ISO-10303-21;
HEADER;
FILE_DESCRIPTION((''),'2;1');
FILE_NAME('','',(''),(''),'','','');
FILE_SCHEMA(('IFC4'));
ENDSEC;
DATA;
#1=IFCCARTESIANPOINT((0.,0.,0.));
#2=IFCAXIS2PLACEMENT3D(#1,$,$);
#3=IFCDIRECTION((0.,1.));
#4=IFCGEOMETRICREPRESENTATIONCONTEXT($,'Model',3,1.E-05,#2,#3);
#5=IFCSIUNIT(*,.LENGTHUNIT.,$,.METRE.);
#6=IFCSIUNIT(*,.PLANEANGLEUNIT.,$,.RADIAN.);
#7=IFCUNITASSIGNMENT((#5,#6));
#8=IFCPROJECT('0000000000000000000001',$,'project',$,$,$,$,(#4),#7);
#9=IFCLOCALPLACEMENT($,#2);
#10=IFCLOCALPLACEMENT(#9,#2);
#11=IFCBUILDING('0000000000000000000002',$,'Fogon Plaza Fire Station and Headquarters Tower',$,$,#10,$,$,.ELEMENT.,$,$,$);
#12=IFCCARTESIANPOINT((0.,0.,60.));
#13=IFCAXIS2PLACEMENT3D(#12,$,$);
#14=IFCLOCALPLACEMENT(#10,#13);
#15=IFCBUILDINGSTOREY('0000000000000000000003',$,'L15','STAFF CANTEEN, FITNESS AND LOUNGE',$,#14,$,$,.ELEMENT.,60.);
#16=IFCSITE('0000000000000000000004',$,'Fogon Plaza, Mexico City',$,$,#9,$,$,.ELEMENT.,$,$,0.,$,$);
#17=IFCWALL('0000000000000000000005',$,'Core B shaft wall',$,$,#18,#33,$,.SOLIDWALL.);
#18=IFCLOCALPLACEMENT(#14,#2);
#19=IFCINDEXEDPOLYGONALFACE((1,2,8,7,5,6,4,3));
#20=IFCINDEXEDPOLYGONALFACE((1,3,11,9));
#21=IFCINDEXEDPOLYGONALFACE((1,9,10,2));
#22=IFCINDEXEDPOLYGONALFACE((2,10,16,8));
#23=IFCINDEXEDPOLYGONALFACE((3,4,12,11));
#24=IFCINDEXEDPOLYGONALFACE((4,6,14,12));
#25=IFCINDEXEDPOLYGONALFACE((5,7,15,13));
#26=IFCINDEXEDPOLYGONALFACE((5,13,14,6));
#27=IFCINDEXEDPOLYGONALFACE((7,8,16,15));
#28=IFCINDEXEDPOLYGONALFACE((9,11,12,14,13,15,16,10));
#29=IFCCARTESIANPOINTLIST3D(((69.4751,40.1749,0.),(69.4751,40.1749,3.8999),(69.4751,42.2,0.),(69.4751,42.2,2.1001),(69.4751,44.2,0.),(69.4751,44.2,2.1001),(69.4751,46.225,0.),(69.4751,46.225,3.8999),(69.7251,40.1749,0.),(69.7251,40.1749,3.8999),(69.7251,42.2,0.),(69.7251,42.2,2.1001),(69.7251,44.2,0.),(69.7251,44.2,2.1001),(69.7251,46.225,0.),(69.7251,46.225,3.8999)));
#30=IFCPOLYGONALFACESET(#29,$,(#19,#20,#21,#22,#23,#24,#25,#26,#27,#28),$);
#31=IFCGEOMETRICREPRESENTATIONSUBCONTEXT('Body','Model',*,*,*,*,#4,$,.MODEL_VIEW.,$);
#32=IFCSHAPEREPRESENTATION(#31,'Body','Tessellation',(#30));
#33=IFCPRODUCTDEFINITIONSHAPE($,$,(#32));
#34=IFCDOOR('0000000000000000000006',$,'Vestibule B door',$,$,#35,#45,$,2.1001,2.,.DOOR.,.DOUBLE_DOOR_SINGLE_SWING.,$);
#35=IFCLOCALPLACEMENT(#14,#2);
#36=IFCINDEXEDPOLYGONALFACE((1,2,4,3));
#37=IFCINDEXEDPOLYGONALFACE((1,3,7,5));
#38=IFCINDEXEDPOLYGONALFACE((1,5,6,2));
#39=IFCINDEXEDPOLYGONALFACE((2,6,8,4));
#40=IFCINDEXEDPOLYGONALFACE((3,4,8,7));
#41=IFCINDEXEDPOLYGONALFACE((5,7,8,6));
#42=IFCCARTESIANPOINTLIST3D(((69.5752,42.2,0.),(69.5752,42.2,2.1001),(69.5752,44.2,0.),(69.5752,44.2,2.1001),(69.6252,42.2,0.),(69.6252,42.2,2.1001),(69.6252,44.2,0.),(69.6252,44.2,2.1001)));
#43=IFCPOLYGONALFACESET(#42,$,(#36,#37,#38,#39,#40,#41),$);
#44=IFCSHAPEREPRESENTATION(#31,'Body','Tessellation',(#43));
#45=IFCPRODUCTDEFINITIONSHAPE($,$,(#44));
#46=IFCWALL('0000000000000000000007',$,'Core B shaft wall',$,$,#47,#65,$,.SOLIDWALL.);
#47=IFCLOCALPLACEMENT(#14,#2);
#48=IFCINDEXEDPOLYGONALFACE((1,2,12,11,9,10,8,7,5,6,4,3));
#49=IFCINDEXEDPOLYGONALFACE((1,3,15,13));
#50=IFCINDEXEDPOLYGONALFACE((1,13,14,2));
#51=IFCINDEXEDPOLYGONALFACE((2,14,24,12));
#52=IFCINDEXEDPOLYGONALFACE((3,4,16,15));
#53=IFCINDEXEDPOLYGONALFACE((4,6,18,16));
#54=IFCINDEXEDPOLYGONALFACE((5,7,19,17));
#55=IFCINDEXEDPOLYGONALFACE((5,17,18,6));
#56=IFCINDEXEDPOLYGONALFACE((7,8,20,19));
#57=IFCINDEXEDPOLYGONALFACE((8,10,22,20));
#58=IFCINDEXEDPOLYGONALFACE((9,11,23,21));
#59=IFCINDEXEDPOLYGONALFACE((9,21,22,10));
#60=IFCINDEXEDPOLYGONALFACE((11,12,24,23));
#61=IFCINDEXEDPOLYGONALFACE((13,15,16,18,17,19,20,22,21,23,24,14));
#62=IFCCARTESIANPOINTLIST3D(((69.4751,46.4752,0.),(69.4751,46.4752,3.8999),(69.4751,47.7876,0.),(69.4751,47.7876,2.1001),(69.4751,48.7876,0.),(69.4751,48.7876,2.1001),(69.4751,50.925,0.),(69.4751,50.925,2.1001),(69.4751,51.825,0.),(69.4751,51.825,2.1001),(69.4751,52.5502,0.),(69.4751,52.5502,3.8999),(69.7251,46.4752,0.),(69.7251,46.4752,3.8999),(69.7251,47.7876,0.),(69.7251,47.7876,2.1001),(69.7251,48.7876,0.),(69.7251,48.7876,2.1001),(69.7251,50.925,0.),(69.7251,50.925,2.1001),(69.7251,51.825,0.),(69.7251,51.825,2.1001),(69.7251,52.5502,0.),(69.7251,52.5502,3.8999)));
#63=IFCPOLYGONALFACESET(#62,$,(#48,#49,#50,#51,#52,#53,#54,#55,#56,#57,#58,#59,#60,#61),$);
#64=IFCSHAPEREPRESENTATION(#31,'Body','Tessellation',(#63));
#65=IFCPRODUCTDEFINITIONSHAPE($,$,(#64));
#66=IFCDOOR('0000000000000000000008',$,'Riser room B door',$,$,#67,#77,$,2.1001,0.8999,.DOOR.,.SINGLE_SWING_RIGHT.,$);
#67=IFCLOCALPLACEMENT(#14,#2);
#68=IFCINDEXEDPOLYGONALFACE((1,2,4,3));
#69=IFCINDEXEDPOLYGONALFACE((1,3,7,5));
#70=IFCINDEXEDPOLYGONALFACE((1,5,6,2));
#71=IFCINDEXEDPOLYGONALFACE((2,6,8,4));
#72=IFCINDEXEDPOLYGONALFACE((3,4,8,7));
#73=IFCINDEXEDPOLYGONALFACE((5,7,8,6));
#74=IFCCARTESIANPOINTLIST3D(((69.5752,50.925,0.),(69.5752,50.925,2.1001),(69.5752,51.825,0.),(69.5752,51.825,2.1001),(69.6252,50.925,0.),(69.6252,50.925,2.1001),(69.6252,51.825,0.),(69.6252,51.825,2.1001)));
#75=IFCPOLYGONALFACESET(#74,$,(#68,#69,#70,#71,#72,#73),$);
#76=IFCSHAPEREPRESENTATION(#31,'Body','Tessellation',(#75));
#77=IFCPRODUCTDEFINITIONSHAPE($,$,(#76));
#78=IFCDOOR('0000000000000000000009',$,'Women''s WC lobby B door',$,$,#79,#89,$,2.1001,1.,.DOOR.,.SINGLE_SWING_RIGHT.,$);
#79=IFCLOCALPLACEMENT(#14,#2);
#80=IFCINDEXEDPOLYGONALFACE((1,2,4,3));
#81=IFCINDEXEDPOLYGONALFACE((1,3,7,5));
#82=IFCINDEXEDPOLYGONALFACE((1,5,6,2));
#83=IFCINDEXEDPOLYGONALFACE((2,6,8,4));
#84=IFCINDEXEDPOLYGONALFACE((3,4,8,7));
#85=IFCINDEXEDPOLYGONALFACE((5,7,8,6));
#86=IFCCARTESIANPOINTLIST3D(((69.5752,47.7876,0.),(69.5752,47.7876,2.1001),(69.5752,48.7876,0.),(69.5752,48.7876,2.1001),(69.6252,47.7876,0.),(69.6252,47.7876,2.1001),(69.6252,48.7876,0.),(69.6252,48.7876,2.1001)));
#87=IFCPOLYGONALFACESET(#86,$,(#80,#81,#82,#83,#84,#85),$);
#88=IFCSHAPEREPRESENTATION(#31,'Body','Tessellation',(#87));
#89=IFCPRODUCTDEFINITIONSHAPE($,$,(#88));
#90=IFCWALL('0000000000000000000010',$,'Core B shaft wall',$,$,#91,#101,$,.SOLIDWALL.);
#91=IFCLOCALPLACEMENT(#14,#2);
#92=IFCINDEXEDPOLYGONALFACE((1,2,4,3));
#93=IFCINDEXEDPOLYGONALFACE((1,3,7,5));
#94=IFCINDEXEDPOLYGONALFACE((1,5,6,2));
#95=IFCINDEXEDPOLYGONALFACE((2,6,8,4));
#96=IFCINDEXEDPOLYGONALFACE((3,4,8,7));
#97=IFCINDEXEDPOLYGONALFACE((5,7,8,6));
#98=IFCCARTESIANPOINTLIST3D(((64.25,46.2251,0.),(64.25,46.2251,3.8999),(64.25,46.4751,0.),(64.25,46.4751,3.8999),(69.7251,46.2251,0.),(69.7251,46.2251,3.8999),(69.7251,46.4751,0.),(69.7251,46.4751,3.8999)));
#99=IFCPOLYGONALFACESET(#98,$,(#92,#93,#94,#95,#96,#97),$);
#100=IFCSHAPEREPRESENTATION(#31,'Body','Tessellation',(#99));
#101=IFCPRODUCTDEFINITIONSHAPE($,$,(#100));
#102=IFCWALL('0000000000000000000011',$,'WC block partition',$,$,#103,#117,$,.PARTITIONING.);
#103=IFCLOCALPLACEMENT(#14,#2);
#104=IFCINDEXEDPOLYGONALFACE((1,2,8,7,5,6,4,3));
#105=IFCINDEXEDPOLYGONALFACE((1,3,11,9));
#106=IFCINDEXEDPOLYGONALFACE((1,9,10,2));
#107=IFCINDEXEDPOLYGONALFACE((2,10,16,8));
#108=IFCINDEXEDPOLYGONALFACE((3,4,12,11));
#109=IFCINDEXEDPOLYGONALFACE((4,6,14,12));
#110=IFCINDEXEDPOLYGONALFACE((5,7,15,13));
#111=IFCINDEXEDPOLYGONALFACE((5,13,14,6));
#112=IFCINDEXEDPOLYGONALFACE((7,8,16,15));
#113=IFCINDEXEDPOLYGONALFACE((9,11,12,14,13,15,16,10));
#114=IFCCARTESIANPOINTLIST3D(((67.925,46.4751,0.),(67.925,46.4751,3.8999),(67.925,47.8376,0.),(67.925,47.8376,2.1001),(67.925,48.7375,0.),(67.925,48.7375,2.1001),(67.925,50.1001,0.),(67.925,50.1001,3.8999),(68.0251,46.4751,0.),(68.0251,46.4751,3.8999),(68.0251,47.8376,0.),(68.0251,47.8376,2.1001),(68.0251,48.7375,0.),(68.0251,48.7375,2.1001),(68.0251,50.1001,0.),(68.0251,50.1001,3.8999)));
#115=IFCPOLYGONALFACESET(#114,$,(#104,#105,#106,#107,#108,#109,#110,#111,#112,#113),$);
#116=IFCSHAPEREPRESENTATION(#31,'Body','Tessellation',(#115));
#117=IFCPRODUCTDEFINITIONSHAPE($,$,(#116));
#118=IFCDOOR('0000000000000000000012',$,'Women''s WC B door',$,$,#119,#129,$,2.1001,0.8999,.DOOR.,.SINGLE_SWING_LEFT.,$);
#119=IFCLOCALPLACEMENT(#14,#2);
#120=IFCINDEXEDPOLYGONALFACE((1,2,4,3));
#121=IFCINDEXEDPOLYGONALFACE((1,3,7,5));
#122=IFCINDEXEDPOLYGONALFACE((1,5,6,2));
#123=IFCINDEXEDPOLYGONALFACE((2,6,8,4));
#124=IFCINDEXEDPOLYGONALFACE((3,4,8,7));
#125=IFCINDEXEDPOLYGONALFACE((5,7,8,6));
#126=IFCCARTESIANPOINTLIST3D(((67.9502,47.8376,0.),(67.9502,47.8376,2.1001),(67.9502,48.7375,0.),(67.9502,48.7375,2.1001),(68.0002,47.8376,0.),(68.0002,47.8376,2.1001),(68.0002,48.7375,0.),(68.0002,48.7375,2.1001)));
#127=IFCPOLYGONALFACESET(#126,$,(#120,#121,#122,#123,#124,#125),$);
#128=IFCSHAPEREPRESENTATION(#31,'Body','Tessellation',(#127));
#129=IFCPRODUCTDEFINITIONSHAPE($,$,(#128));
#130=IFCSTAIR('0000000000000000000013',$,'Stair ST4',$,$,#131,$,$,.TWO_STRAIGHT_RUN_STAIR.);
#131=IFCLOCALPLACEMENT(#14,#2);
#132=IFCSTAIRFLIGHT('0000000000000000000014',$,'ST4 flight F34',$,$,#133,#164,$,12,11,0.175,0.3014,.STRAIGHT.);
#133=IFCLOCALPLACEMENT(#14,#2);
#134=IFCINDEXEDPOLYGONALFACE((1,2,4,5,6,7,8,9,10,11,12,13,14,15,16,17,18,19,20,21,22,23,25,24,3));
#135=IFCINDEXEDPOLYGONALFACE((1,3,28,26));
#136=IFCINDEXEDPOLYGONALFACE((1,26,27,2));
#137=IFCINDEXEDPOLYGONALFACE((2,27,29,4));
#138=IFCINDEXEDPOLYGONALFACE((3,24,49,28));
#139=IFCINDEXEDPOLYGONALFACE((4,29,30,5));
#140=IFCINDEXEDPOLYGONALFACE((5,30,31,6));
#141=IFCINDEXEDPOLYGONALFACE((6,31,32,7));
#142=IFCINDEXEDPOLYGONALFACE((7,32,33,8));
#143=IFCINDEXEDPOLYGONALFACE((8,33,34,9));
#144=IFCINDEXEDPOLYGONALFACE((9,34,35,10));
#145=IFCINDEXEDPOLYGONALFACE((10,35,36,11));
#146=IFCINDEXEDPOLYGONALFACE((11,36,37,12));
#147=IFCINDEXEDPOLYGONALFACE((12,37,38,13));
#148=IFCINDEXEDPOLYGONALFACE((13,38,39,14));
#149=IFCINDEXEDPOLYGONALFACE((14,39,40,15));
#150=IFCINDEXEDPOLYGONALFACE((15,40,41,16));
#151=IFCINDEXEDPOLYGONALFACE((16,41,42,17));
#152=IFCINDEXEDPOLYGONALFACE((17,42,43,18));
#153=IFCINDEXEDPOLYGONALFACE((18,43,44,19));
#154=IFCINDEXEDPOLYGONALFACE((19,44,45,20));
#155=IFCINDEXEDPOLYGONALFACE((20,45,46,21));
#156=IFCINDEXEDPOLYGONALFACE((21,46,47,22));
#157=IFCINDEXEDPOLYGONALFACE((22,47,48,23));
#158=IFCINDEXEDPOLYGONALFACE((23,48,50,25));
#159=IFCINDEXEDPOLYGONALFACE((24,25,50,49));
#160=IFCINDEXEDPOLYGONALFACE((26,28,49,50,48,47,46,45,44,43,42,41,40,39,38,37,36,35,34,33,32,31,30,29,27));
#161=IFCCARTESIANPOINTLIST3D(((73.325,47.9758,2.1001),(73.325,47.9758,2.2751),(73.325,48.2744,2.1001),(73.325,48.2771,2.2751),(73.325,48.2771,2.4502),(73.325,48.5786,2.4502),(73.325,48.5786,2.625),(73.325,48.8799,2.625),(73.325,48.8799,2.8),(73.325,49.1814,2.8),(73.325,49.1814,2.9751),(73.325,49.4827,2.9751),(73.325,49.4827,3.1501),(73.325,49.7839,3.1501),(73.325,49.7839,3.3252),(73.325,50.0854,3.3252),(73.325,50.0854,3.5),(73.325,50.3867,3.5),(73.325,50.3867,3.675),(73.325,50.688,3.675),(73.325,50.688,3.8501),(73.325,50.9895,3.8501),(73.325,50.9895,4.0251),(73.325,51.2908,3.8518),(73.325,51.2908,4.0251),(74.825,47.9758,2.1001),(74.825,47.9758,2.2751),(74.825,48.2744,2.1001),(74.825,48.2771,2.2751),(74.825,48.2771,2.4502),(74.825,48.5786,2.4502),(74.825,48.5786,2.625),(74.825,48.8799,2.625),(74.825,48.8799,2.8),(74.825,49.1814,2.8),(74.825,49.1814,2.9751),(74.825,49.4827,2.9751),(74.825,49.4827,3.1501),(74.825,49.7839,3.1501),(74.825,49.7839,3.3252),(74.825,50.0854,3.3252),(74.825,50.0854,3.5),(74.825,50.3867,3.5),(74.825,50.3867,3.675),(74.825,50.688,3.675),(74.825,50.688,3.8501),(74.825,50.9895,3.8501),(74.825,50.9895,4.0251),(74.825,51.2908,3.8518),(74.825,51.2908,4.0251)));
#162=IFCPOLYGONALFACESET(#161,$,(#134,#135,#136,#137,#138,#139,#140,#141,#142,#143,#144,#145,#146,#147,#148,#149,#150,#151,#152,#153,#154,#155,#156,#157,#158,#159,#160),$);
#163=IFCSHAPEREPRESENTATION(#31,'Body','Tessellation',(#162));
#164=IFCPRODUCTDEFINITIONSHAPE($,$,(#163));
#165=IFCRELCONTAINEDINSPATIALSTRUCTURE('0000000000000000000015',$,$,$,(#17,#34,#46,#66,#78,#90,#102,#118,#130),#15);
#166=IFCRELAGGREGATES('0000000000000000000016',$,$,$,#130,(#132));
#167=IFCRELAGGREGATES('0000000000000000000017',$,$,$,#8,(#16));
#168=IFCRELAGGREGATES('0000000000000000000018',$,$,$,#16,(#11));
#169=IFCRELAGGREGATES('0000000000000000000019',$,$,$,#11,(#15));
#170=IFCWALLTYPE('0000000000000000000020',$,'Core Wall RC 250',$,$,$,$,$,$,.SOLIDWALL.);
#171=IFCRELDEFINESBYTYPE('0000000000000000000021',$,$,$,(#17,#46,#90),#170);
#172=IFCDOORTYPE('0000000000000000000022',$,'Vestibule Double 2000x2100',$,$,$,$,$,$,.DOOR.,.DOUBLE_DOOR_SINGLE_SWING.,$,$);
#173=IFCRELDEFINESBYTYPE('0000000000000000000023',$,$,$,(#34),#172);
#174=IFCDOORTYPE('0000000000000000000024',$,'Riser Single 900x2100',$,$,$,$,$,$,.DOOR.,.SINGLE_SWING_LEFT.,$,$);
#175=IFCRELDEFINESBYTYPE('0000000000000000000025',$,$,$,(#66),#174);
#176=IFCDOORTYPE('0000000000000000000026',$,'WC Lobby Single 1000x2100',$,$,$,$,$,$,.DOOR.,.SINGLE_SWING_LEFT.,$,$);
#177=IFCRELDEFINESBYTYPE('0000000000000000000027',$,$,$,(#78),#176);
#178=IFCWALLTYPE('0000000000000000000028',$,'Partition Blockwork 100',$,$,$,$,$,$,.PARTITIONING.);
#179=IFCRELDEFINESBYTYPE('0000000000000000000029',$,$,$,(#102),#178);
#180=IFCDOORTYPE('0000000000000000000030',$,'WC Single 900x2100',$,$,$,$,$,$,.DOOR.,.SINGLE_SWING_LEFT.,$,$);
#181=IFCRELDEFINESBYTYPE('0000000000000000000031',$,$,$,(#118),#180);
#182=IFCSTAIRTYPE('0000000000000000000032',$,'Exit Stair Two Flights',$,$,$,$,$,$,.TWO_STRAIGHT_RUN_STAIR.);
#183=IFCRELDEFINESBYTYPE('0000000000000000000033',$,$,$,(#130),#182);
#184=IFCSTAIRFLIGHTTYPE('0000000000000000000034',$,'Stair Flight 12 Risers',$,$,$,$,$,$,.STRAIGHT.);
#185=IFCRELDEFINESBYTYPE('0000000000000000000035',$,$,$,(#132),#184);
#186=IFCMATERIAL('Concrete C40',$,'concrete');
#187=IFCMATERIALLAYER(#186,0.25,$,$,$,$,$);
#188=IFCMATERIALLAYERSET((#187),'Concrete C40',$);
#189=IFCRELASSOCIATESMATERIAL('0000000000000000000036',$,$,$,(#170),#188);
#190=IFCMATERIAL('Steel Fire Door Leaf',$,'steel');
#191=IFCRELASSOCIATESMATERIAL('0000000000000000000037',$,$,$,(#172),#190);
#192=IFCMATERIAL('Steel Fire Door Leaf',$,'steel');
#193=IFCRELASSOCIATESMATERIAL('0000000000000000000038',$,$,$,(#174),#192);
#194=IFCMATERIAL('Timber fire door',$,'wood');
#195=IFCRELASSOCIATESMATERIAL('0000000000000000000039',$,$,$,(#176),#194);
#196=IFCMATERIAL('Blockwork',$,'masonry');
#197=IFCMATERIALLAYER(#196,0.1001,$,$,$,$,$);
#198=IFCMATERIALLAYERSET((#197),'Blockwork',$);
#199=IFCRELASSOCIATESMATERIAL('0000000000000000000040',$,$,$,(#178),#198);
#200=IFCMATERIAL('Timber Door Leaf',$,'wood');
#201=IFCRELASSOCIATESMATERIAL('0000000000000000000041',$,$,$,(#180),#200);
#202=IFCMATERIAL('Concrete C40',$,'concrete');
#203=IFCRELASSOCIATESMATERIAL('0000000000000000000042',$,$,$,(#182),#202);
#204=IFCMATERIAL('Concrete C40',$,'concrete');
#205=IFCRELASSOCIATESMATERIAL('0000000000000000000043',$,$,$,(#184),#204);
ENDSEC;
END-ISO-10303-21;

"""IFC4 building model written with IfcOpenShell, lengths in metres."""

from ifc_helpers import new_model, si_unit, direction, frame, frame_2d, origin, place, context, subcontext, project, spatial, polyline, rectangle, outline, extrude, material, layer, layer_set, type_object, element, fill, aggregate, save


model = new_model("IFC4")

# Units and contexts
model_context = context("Model", 3, precision=1e-05, world=origin(), true_north=direction((0.0, 1.0)))
body_context = subcontext(model_context, "Body", "Model", "MODEL_VIEW")
ifc_project = project(units=[si_unit("LENGTHUNIT", "METRE"), si_unit("PLANEANGLEUNIT", "RADIAN")], contexts=[model_context])

# Site, building, storey
site_placement = place(None, origin())
site = spatial("IfcSite", under=ifc_project, at=site_placement, Name="Fogon Plaza, Mexico City", CompositionType="ELEMENT", RefElevation=0.0)
building_placement = place(site_placement, origin())
building = spatial("IfcBuilding", under=site, at=building_placement, Name="Fogon Plaza Fire Station and Headquarters Tower", CompositionType="ELEMENT")
storey_placement = place(building_placement, frame((0.0, 0.0, 60.0)))
storey = spatial("IfcBuildingStorey", under=building, at=storey_placement, Name="L15", Description="STAFF CANTEEN, FITNESS AND LOUNGE", CompositionType="ELEMENT", Elevation=60.0)

# Shared definitions
ifc_material_1 = material(Name="Concrete C40", Category="concrete")
ifc_layer_1 = layer(ifc_material_1, 0.25)
ifc_layer_set_1 = layer_set([ifc_layer_1], Name="Concrete C40")
wall_type_1 = type_object("IfcWallType", Name="Core Wall RC 250", PredefinedType="SOLIDWALL", material=ifc_layer_set_1)

# Wall, opening, door
wall_1_placement = place(storey_placement, frame((69.6001, 40.175, 0.0), z_axis=(0.0, 0.0, 1.0), x_axis=(0.0, 1.0, 0.0)))
wall_1 = element("IfcWall", 1, at=wall_1_placement, inside=storey, type_object=wall_type_1, Name="Core B shaft wall", PredefinedType="SOLIDWALL", context=body_context, shape_type="SweptSolid", body=[
    extrude(rectangle(XDim=6.05, YDim=0.25, at=frame_2d((3.0249, 0.0))), origin(), (0.0, 0.0, 1.0), 3.8999),
])
opening_1_placement = place(wall_1_placement, frame((2.0249, 0.0, 0.0)))
opening_1 = element("IfcOpeningElement", 2, at=opening_1_placement, cuts=wall_1, PredefinedType="OPENING", context=body_context, shape_type="SweptSolid", body=[
    extrude(rectangle(XDim=2.0, YDim=2.1001, at=frame_2d((1.0, 1.05))), frame((0.0, 0.135, 0.0), z_axis=(0.0, -1.0, 0.0), x_axis=(1.0, 0.0, 0.0)), (0.0, 0.0, 1.0), 0.27),
])
ifc_material_2 = material(Name="Steel Fire Door Leaf", Category="steel")
door_type_1 = type_object("IfcDoorType", Name="Vestibule Double 2000x2100", OperationType="DOUBLE_DOOR_SINGLE_SWING", PredefinedType="DOOR", material=ifc_material_2)
door_1_placement = place(opening_1_placement, origin())
door_1 = element("IfcDoor", 3, at=door_1_placement, inside=storey, type_object=door_type_1, Name="Vestibule B door", OperationType="DOUBLE_DOOR_SINGLE_SWING", OverallHeight=2.1001, OverallWidth=2.0, PredefinedType="DOOR", context=body_context, shape_type="SweptSolid", body=[
    extrude(rectangle(XDim=2.0, YDim=2.1001, at=frame_2d((1.0, 1.05))), frame((0.0, 0.0249, 0.0), z_axis=(0.0, -1.0, 0.0), x_axis=(1.0, 0.0, 0.0)), (0.0, 0.0, 1.0), 0.05),
])
fill(opening_1, door_1)

# Wall, openings, doors
wall_2_placement = place(storey_placement, frame((69.6001, 46.4751, 0.0), z_axis=(0.0, 0.0, 1.0), x_axis=(0.0, 1.0, 0.0)))
wall_2 = element("IfcWall", 4, at=wall_2_placement, inside=storey, type_object=wall_type_1, Name="Core B shaft wall", PredefinedType="SOLIDWALL", context=body_context, shape_type="SweptSolid", body=[
    extrude(rectangle(XDim=6.075, YDim=0.25, at=frame_2d((3.0376, 0.0))), origin(), (0.0, 0.0, 1.0), 3.8999),
])
opening_2_placement = place(wall_2_placement, frame((1.3125, 0.0, 0.0)))
opening_2 = element("IfcOpeningElement", 5, at=opening_2_placement, cuts=wall_2, PredefinedType="OPENING", context=body_context, shape_type="SweptSolid", body=[
    extrude(rectangle(XDim=1.0, YDim=2.1001, at=frame_2d((0.5, 1.05))), frame((0.0, 0.135, 0.0), z_axis=(0.0, -1.0, 0.0), x_axis=(1.0, 0.0, 0.0)), (0.0, 0.0, 1.0), 0.27),
])
opening_3_placement = place(wall_2_placement, frame((4.45, 0.0, 0.0)))
opening_3 = element("IfcOpeningElement", 6, at=opening_3_placement, cuts=wall_2, PredefinedType="OPENING", context=body_context, shape_type="SweptSolid", body=[
    extrude(rectangle(XDim=0.8999, YDim=2.1001, at=frame_2d((0.45, 1.05))), frame((0.0, 0.135, 0.0), z_axis=(0.0, -1.0, 0.0), x_axis=(1.0, 0.0, 0.0)), (0.0, 0.0, 1.0), 0.27),
])
ifc_material_3 = material(Name="Steel Fire Door Leaf", Category="steel")
door_type_2 = type_object("IfcDoorType", Name="Riser Single 900x2100", OperationType="SINGLE_SWING_LEFT", PredefinedType="DOOR", material=ifc_material_3)
door_2_placement = place(opening_3_placement, origin())
door_2 = element("IfcDoor", 7, at=door_2_placement, inside=storey, type_object=door_type_2, Name="Riser room B door", OperationType="SINGLE_SWING_RIGHT", OverallHeight=2.1001, OverallWidth=0.8999, PredefinedType="DOOR", context=body_context, shape_type="SweptSolid", body=[
    extrude(rectangle(XDim=0.8999, YDim=2.1001, at=frame_2d((0.45, 1.05))), frame((0.0, 0.0249, 0.0), z_axis=(0.0, -1.0, 0.0), x_axis=(1.0, 0.0, 0.0)), (0.0, 0.0, 1.0), 0.05),
])
fill(opening_3, door_2)
ifc_material_4 = material(Name="Timber fire door", Category="wood")
door_type_3 = type_object("IfcDoorType", Name="WC Lobby Single 1000x2100", OperationType="SINGLE_SWING_LEFT", PredefinedType="DOOR", material=ifc_material_4)
door_3_placement = place(opening_2_placement, origin())
door_3 = element("IfcDoor", 8, at=door_3_placement, inside=storey, type_object=door_type_3, Name="Women's WC lobby B door", OperationType="SINGLE_SWING_RIGHT", OverallHeight=2.1001, OverallWidth=1.0, PredefinedType="DOOR", context=body_context, shape_type="SweptSolid", body=[
    extrude(rectangle(XDim=1.0, YDim=2.1001, at=frame_2d((0.5, 1.05))), frame((0.0, 0.0249, 0.0), z_axis=(0.0, -1.0, 0.0), x_axis=(1.0, 0.0, 0.0)), (0.0, 0.0, 1.0), 0.05),
])
fill(opening_2, door_3)

# Wall
wall_3_placement = place(storey_placement, frame((69.7251, 46.3501, 0.0), z_axis=(0.0, 0.0, 1.0), x_axis=(-1.0, 0.0, 0.0)))
element("IfcWall", 9, at=wall_3_placement, inside=storey, type_object=wall_type_1, Name="Core B shaft wall", PredefinedType="SOLIDWALL", context=body_context, shape_type="SweptSolid", body=[
    extrude(rectangle(XDim=5.4751, YDim=0.25, at=frame_2d((2.7375, 0.0))), origin(), (0.0, 0.0, 1.0), 3.8999),
])

# Wall, opening, door
ifc_material_5 = material(Name="Blockwork", Category="masonry")
ifc_layer_2 = layer(ifc_material_5, 0.1001)
ifc_layer_set_2 = layer_set([ifc_layer_2], Name="Blockwork")
wall_type_2 = type_object("IfcWallType", Name="Partition Blockwork 100", PredefinedType="PARTITIONING", material=ifc_layer_set_2)
wall_4_placement = place(storey_placement, frame((67.9751, 46.4751, 0.0), z_axis=(0.0, 0.0, 1.0), x_axis=(0.0, 1.0, 0.0)))
wall_4 = element("IfcWall", 10, at=wall_4_placement, inside=storey, type_object=wall_type_2, Name="WC block partition", PredefinedType="PARTITIONING", context=body_context, shape_type="SweptSolid", body=[
    extrude(rectangle(XDim=3.625, YDim=0.1001, at=frame_2d((1.8125, 0.0))), origin(), (0.0, 0.0, 1.0), 3.8999),
])
opening_4_placement = place(wall_4_placement, frame((1.3625, 0.0, 0.0)))
opening_4 = element("IfcOpeningElement", 11, at=opening_4_placement, cuts=wall_4, PredefinedType="OPENING", context=body_context, shape_type="SweptSolid", body=[
    extrude(rectangle(XDim=0.8999, YDim=2.1001, at=frame_2d((0.45, 1.05))), frame((0.0, 0.0601, 0.0), z_axis=(0.0, -1.0, 0.0), x_axis=(1.0, 0.0, 0.0)), (0.0, 0.0, 1.0), 0.1201),
])
ifc_material_6 = material(Name="Timber Door Leaf", Category="wood")
door_type_4 = type_object("IfcDoorType", Name="WC Single 900x2100", OperationType="SINGLE_SWING_LEFT", PredefinedType="DOOR", material=ifc_material_6)
door_4_placement = place(opening_4_placement, origin())
door_4 = element("IfcDoor", 12, at=door_4_placement, inside=storey, type_object=door_type_4, Name="Women's WC B door", OperationType="SINGLE_SWING_LEFT", OverallHeight=2.1001, OverallWidth=0.8999, PredefinedType="DOOR", context=body_context, shape_type="SweptSolid", body=[
    extrude(rectangle(XDim=0.8999, YDim=2.1001, at=frame_2d((0.45, 1.05))), frame((0.0, 0.0249, 0.0), z_axis=(0.0, -1.0, 0.0), x_axis=(1.0, 0.0, 0.0)), (0.0, 0.0, 1.0), 0.05),
])
fill(opening_4, door_4)

# Stair, stair flight
ifc_material_7 = material(Name="Concrete C40", Category="concrete")
stair_type = type_object("IfcStairType", Name="Exit Stair Two Flights", PredefinedType="TWO_STRAIGHT_RUN_STAIR", material=ifc_material_7)
stair_placement = place(storey_placement, origin())
stair = element("IfcStair", 13, at=stair_placement, inside=storey, type_object=stair_type, Name="Stair ST4", PredefinedType="TWO_STRAIGHT_RUN_STAIR")
ifc_material_8 = material(Name="Concrete C40", Category="concrete")
stair_flight_type = type_object("IfcStairFlightType", Name="Stair Flight 12 Risers", PredefinedType="STRAIGHT", material=ifc_material_8)
stair_flight_placement = place(storey_placement, frame((74.075, 47.9758, 2.1001), z_axis=(0.0, 0.0, 1.0), x_axis=(0.0, 1.0, 0.0)))
stair_flight = element("IfcStairFlight", 14, at=stair_flight_placement, type_object=stair_flight_type, Name="ST4 flight F34", NumberOfRisers=12, NumberOfTreads=11, PredefinedType="STRAIGHT", RiserHeight=0.175, TreadLength=0.3014, context=body_context, shape_type="SweptSolid", body=[
    extrude(outline(polyline([(0.0, 0.0), (0.0, 0.175), (0.3013, 0.175), (0.3013, 0.3501), (0.6028, 0.3501), (0.6028, 0.5249), (0.9041, 0.5249), (0.9041, 0.7), (1.2056, 0.7), (1.2056, 0.875), (1.5068, 0.875), (1.5068, 1.05), (1.8081, 1.05), (1.8081, 1.2251), (2.1096, 1.2251), (2.1096, 1.3999), (2.4109, 1.3999), (2.4109, 1.575), (2.7122, 1.575), (2.7122, 1.75), (3.0137, 1.75), (3.0137, 1.925), (3.3149, 1.925), (3.3149, 2.1001), (3.3149, 1.7517), (0.2986, 0.0), (0.0, 0.0)])), frame((0.0, 0.75, 0.0), z_axis=(0.0, -1.0, 0.0), x_axis=(1.0, 0.0, 0.0)), (0.0, 0.0, 1.0), 1.5),
])
aggregate(stair, [stair_flight])

save(model, "model.ifc")
